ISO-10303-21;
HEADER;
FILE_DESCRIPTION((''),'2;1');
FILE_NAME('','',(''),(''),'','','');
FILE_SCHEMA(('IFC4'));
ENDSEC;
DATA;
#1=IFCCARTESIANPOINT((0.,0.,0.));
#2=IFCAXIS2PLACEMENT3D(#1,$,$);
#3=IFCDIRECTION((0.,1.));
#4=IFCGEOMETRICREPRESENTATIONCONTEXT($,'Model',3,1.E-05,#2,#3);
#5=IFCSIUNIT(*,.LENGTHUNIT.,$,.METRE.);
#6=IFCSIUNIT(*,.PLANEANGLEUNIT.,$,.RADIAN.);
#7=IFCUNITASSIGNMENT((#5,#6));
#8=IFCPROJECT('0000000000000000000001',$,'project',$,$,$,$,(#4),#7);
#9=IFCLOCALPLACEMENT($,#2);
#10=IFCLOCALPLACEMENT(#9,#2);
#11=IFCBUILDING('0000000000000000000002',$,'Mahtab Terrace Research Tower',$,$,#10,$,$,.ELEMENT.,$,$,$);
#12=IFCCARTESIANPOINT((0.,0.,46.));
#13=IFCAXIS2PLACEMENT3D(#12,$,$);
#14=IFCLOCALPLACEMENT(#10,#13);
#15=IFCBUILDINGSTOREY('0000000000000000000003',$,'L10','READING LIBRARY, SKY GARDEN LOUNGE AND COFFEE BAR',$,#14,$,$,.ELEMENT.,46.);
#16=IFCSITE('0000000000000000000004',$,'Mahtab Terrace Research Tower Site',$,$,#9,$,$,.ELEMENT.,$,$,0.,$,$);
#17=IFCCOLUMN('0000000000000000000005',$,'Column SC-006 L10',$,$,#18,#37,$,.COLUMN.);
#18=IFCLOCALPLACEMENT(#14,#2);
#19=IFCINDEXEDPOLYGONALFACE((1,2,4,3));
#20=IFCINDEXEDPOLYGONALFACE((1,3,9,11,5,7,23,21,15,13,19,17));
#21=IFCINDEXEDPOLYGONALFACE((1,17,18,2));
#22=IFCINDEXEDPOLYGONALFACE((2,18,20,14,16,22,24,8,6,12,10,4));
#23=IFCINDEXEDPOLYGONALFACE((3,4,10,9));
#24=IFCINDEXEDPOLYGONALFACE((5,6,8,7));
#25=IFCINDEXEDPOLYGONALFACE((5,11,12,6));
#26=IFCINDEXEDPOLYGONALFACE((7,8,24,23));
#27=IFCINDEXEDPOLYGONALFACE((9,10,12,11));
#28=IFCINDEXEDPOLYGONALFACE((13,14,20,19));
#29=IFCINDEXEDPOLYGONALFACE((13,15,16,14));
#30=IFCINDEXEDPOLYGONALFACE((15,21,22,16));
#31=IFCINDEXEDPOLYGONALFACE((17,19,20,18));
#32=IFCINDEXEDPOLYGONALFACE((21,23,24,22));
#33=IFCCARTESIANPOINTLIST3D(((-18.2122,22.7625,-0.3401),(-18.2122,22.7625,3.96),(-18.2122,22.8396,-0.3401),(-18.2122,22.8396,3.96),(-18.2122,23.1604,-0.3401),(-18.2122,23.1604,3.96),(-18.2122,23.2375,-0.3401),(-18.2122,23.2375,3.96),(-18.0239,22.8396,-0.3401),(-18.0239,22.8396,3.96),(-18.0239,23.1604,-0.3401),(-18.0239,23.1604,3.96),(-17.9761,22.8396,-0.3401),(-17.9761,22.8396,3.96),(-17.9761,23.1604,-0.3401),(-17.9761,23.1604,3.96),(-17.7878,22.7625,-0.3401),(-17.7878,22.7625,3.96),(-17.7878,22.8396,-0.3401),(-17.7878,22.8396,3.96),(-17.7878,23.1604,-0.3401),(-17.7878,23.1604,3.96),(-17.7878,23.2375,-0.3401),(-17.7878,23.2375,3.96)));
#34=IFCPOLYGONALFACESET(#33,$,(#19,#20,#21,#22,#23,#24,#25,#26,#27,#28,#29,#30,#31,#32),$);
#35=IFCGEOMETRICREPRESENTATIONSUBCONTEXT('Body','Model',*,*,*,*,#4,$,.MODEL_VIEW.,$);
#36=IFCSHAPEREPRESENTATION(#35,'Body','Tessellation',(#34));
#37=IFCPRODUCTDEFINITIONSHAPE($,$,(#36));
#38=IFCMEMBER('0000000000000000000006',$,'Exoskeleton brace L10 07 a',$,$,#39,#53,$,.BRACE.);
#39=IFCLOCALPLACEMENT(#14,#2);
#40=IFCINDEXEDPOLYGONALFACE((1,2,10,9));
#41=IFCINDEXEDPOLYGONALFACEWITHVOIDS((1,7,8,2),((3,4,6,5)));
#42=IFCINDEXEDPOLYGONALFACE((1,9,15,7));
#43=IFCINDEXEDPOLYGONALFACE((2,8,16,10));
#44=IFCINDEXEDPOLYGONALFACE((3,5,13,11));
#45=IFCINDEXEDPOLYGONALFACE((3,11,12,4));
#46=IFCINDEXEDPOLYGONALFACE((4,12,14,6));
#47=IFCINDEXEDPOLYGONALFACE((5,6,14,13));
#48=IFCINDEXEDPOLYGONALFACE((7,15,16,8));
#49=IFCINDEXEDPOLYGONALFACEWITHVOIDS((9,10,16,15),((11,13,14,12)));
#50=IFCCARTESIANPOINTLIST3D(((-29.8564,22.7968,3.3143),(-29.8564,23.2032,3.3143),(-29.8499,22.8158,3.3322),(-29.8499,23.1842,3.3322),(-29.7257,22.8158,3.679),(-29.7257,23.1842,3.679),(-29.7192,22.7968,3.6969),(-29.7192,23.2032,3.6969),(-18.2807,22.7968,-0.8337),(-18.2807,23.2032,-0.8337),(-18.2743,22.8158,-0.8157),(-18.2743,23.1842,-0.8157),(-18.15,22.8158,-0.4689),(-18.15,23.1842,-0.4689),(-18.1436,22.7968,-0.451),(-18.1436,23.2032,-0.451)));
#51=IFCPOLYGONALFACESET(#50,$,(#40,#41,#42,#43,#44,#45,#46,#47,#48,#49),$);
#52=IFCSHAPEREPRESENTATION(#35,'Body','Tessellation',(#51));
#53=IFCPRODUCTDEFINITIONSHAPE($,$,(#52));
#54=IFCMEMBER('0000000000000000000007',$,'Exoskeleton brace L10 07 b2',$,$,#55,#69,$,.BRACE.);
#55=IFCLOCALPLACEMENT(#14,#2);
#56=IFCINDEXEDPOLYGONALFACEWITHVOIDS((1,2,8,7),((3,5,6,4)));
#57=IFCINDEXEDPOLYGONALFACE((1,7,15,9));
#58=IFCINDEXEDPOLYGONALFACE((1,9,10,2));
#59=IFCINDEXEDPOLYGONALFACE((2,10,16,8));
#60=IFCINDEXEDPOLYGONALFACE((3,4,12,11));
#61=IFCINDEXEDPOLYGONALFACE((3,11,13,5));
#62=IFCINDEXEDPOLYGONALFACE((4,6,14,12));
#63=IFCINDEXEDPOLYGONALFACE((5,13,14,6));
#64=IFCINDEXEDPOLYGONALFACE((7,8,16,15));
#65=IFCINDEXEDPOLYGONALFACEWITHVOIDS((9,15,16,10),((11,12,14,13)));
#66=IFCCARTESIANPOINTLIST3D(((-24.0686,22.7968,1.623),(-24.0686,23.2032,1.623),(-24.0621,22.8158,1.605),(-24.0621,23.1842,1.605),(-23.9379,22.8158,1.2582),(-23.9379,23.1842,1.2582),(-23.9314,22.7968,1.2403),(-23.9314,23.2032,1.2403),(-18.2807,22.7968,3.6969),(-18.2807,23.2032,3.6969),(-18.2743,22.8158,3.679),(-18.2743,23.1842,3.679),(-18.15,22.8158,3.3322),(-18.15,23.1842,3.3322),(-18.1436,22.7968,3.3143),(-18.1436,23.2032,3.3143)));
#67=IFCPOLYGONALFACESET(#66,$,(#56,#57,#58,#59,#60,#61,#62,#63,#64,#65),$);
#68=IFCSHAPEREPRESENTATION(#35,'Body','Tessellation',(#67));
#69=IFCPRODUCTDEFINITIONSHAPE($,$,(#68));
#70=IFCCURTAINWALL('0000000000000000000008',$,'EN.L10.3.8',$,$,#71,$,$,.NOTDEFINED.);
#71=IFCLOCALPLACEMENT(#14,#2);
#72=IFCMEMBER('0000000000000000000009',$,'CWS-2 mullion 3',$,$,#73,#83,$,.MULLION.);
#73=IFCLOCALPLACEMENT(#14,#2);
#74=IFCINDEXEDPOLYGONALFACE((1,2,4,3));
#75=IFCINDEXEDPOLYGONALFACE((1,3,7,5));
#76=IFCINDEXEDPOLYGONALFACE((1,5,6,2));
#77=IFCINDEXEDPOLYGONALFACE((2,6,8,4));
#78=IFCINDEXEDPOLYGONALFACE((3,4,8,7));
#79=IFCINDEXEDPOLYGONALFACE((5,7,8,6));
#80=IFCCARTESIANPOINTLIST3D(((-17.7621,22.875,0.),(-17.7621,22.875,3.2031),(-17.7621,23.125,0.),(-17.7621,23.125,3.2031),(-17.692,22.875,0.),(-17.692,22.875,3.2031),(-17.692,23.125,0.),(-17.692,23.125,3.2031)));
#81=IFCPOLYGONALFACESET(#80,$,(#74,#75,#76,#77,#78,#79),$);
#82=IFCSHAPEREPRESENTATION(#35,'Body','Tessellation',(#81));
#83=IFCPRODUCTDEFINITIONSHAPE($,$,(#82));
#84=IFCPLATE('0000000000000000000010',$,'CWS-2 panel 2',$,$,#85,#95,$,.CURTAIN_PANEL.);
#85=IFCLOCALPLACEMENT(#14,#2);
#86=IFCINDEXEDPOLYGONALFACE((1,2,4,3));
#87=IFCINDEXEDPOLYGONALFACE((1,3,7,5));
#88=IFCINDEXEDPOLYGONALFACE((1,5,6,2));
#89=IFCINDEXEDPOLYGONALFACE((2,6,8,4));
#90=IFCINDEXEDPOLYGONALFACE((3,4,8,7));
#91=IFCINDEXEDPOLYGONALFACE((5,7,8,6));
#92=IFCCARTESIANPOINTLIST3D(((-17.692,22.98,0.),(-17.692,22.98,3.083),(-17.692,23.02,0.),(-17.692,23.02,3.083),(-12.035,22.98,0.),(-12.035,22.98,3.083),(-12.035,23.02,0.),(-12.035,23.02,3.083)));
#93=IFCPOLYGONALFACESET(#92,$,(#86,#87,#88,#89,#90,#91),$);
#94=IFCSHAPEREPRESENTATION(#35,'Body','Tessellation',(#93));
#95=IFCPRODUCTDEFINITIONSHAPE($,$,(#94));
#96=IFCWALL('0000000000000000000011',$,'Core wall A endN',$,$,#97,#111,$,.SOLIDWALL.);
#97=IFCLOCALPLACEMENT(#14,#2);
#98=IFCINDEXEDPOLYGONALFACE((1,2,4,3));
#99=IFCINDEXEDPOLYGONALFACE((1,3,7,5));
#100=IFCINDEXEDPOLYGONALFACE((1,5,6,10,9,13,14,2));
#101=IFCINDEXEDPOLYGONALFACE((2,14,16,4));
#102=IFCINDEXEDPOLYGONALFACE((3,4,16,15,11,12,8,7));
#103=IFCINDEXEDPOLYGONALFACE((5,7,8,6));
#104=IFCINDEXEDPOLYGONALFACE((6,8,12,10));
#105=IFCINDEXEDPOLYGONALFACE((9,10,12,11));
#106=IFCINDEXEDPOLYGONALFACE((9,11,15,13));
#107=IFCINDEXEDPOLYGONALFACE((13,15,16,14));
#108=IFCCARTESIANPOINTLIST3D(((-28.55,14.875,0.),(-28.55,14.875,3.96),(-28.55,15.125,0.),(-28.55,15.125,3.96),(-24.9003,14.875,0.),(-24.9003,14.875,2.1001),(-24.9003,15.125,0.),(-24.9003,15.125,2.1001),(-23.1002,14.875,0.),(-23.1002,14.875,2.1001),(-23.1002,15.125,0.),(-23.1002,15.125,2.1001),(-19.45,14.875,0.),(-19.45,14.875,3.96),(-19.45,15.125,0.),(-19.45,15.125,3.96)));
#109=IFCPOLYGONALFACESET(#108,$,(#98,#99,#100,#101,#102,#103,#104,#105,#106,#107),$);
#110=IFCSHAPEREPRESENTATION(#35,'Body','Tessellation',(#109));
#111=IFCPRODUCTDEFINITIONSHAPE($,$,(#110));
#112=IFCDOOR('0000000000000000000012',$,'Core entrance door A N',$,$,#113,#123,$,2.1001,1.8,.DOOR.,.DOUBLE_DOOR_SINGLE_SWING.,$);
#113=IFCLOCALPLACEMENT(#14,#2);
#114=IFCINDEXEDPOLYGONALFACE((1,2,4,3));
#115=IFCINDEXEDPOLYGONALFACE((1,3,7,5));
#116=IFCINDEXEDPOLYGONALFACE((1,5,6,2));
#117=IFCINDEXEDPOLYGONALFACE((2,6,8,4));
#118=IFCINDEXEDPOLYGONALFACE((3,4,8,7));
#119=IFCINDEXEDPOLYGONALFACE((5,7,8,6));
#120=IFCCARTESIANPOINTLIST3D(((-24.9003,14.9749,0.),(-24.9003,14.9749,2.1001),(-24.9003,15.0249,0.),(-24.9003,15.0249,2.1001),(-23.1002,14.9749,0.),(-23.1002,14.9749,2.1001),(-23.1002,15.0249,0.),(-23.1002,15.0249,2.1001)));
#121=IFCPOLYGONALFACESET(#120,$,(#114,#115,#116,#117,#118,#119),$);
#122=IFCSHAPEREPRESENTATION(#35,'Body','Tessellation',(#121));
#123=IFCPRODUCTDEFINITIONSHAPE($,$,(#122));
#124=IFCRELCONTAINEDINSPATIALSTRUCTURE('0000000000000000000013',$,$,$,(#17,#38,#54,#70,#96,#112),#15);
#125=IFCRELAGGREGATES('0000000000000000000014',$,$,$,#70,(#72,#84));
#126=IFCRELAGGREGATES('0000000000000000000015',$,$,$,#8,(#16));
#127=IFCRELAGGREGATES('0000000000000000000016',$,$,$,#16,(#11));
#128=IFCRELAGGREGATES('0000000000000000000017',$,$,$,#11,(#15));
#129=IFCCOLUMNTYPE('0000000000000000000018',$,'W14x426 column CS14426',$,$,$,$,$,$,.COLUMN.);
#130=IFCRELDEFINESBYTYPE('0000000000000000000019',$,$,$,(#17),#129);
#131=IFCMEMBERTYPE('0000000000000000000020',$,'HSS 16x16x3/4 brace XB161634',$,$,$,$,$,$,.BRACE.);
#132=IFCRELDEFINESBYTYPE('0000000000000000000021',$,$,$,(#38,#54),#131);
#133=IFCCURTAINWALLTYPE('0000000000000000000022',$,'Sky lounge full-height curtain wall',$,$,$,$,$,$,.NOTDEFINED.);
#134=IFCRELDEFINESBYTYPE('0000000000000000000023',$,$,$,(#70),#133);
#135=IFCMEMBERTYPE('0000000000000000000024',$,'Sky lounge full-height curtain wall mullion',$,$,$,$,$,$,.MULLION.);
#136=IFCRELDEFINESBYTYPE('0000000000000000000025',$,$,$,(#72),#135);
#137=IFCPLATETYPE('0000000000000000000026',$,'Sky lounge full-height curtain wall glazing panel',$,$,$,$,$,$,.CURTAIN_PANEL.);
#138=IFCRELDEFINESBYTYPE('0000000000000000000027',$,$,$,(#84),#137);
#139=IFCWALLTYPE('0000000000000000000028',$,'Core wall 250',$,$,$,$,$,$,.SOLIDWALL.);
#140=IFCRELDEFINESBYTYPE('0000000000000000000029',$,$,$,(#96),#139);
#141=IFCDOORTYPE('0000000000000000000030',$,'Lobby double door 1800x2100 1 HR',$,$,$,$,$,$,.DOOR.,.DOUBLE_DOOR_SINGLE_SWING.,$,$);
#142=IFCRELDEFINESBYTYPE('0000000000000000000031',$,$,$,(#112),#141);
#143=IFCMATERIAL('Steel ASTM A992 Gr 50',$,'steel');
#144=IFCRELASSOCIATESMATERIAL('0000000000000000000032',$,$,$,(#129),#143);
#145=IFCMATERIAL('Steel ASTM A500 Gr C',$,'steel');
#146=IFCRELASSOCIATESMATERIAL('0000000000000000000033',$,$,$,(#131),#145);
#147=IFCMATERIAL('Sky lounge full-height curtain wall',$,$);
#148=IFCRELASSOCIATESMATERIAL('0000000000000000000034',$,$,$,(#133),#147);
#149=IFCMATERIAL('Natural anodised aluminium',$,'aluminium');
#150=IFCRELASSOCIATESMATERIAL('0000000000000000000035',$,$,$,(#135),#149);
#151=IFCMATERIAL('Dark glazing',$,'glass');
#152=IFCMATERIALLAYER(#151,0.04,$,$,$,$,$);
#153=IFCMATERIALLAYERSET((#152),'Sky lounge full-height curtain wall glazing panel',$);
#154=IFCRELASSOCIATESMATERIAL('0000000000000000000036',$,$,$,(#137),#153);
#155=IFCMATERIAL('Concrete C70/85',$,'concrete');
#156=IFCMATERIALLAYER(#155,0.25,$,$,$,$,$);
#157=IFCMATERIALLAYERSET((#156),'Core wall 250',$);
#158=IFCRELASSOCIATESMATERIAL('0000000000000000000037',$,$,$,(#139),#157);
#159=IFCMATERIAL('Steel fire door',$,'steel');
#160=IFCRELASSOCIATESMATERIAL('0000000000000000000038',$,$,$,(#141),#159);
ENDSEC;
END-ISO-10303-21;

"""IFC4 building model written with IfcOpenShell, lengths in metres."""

from ifc_helpers import new_model, si_unit, direction, frame, frame_2d, origin, origin_2d, place, context, subcontext, project, spatial, rectangle, hollow_rectangle, i_section, extrude, material, layer, layer_set, material_profile, profile_set, type_object, element, fill, aggregate, save


model = new_model("IFC4")

# Units and contexts
model_context = context("Model", 3, precision=1e-05, world=origin(), true_north=direction((0.0, 1.0)))
body_context = subcontext(model_context, "Body", "Model", "MODEL_VIEW")
ifc_project = project(units=[si_unit("LENGTHUNIT", "METRE"), si_unit("PLANEANGLEUNIT", "RADIAN")], contexts=[model_context])

# Site, building, storey
site_placement = place(None, origin())
site = spatial("IfcSite", under=ifc_project, at=site_placement, Name="Mahtab Terrace Research Tower Site", CompositionType="ELEMENT", RefElevation=0.0)
building_placement = place(site_placement, origin())
building = spatial("IfcBuilding", under=site, at=building_placement, Name="Mahtab Terrace Research Tower", CompositionType="ELEMENT")
storey_placement = place(building_placement, frame((0.0, 0.0, 46.0)))
storey = spatial("IfcBuildingStorey", under=building, at=storey_placement, Name="L10", Description="READING LIBRARY, SKY GARDEN LOUNGE AND COFFEE BAR", CompositionType="ELEMENT", Elevation=46.0)

# Column
ifc_material_1 = material(Name="Steel ASTM A992 Gr 50", Category="steel")
ifc_material_profile_1 = material_profile(ifc_material_1, i_section(OverallWidth=0.4243, OverallDepth=0.4751, WebThickness=0.0479, FlangeThickness=0.0771, at=origin_2d()), Name="W14X426")
ifc_profile_set_1 = profile_set([ifc_material_profile_1], Name="Steel ASTM A992 Gr 50")
column_type = type_object("IfcColumnType", Name="W14x426 column CS14426", PredefinedType="COLUMN", material=ifc_profile_set_1)
column_placement = place(storey_placement, frame((-18.0, 23.0, -0.3401), z_axis=(0.0, 0.0, 1.0), x_axis=(1.0, 0.0, 0.0)))
element("IfcColumn", 1, at=column_placement, inside=storey, type_object=column_type, Name="Column SC-006 L10", PredefinedType="COLUMN", context=body_context, shape_type="SweptSolid", body=[
    extrude(i_section(OverallWidth=0.4243, OverallDepth=0.4751, WebThickness=0.0479, FlangeThickness=0.0771, at=origin_2d()), origin(), (0.0, 0.0, 1.0), 4.3),
])

# Members
ifc_material_2 = material(Name="Steel ASTM A500 Gr C", Category="steel")
ifc_material_profile_2 = material_profile(ifc_material_2, hollow_rectangle(XDim=0.4065, YDim=0.4065, WallThickness=0.019, at=origin_2d()), Name="HSS16X16X3/4")
ifc_profile_set_2 = profile_set([ifc_material_profile_2], Name="Steel ASTM A500 Gr C")
member_type_1 = type_object("IfcMemberType", Name="HSS 16x16x3/4 brace XB161634", PredefinedType="BRACE", material=ifc_profile_set_2)
member_1_placement = place(storey_placement, frame((-18.2122, 23.0, -0.6423), z_axis=(-0.941387, 0.0, 0.33733), x_axis=(0.0, -1.0, 0.0)))
element("IfcMember", 2, at=member_1_placement, inside=storey, type_object=member_type_1, Name="Exoskeleton brace L10 07 a", PredefinedType="BRACE", context=body_context, shape_type="SweptSolid", body=[
    extrude(hollow_rectangle(XDim=0.4065, YDim=0.4065, WallThickness=0.019, at=origin_2d()), origin(), (0.0, 0.0, 1.0), 12.2964),
])
member_2_placement = place(storey_placement, frame((-24.0, 23.0, 1.4316), z_axis=(0.941387, 0.0, 0.33733), x_axis=(0.0, 1.0, 0.0)))
element("IfcMember", 3, at=member_2_placement, inside=storey, type_object=member_type_1, Name="Exoskeleton brace L10 07 b2", PredefinedType="BRACE", context=body_context, shape_type="SweptSolid", body=[
    extrude(hollow_rectangle(XDim=0.4065, YDim=0.4065, WallThickness=0.019, at=origin_2d()), origin(), (0.0, 0.0, 1.0), 6.1482),
])

# Curtain wall, member, plate
ifc_material_3 = material(Name="Sky lounge full-height curtain wall")
curtain_wall_type = type_object("IfcCurtainWallType", Name="Sky lounge full-height curtain wall", PredefinedType="NOTDEFINED", material=ifc_material_3)
curtain_wall_placement = place(storey_placement, origin())
curtain_wall = element("IfcCurtainWall", 4, at=curtain_wall_placement, inside=storey, type_object=curtain_wall_type, Name="EN.L10.3.8", PredefinedType="NOTDEFINED")
ifc_material_4 = material(Name="Natural anodised aluminium", Category="aluminium")
ifc_material_profile_3 = material_profile(ifc_material_4, rectangle(XDim=0.25, YDim=0.0701, at=origin_2d()), Name="MULLION 70x250")
ifc_profile_set_3 = profile_set([ifc_material_profile_3], Name="Natural anodised aluminium")
member_type_2 = type_object("IfcMemberType", Name="Sky lounge full-height curtain wall mullion", PredefinedType="MULLION", material=ifc_profile_set_3)
member_3_placement = place(storey_placement, frame((-17.7271, 23.0, 0.0), z_axis=(0.0, 0.0, 1.0), x_axis=(0.0, -1.0, 0.0)))
member_3 = element("IfcMember", 5, at=member_3_placement, type_object=member_type_2, Name="CWS-2 mullion 3", PredefinedType="MULLION", context=body_context, shape_type="SweptSolid", body=[
    extrude(rectangle(XDim=0.25, YDim=0.0701, at=origin_2d()), origin(), (0.0, 0.0, 1.0), 3.2031),
])
ifc_material_5 = material(Name="Dark glazing", Category="glass")
ifc_layer_1 = layer(ifc_material_5, 0.04)
ifc_layer_set_1 = layer_set([ifc_layer_1], Name="Sky lounge full-height curtain wall glazing panel")
plate_type = type_object("IfcPlateType", Name="Sky lounge full-height curtain wall glazing panel", PredefinedType="CURTAIN_PANEL", material=ifc_layer_set_1)
plate_placement = place(storey_placement, frame((-14.8635, 23.0, 0.0), z_axis=(0.0, 0.0, 1.0), x_axis=(-1.0, 0.0, 0.0)))
plate = element("IfcPlate", 6, at=plate_placement, type_object=plate_type, Name="CWS-2 panel 2", PredefinedType="CURTAIN_PANEL", context=body_context, shape_type="SweptSolid", body=[
    extrude(rectangle(XDim=5.657, YDim=0.04, at=origin_2d()), origin(), (0.0, 0.0, 1.0), 3.083),
])
aggregate(curtain_wall, [member_3, plate])

# Wall, opening, door
ifc_material_6 = material(Name="Concrete C70/85", Category="concrete")
ifc_layer_2 = layer(ifc_material_6, 0.25)
ifc_layer_set_2 = layer_set([ifc_layer_2], Name="Core wall 250")
wall_type_1 = type_object("IfcWallType", Name="Core wall 250", PredefinedType="SOLIDWALL", material=ifc_layer_set_2)
wall_1_placement = place(storey_placement, frame((-28.55, 15.0, 0.0), z_axis=(0.0, 0.0, 1.0), x_axis=(1.0, 0.0, 0.0)))
wall_1 = element("IfcWall", 7, at=wall_1_placement, inside=storey, type_object=wall_type_1, Name="Core wall A endN", PredefinedType="SOLIDWALL", context=body_context, shape_type="SweptSolid", body=[
    extrude(rectangle(XDim=9.1001, YDim=0.25, at=frame_2d((4.55, 0.0))), origin(), (0.0, 0.0, 1.0), 3.96),
])
opening_1_placement = place(wall_1_placement, frame((3.6499, 0.0, 0.0)))
opening_1 = element("IfcOpeningElement", 8, at=opening_1_placement, cuts=wall_1, PredefinedType="OPENING", context=body_context, shape_type="SweptSolid", body=[
    extrude(rectangle(XDim=1.8, YDim=2.1001, at=frame_2d((0.8999, 1.05))), frame((0.0, 0.135, 0.0), z_axis=(0.0, -1.0, 0.0), x_axis=(1.0, 0.0, 0.0)), (0.0, 0.0, 1.0), 0.27),
])
ifc_material_7 = material(Name="Steel fire door", Category="steel")
door_type_1 = type_object("IfcDoorType", Name="Lobby double door 1800x2100 1 HR", OperationType="DOUBLE_DOOR_SINGLE_SWING", PredefinedType="DOOR", material=ifc_material_7)
door_1_placement = place(opening_1_placement, origin())
door_1 = element("IfcDoor", 9, at=door_1_placement, inside=storey, type_object=door_type_1, Name="Core entrance door A N", OperationType="DOUBLE_DOOR_SINGLE_SWING", OverallHeight=2.1001, OverallWidth=1.8, PredefinedType="DOOR", context=body_context, shape_type="SweptSolid", body=[
    extrude(rectangle(XDim=1.8, YDim=2.1001, at=frame_2d((0.8999, 1.05))), frame((0.0, 0.0249, 0.0), z_axis=(0.0, -1.0, 0.0), x_axis=(1.0, 0.0, 0.0)), (0.0, 0.0, 1.0), 0.05),
])
fill(opening_1, door_1)

save(model, "model.ifc")
